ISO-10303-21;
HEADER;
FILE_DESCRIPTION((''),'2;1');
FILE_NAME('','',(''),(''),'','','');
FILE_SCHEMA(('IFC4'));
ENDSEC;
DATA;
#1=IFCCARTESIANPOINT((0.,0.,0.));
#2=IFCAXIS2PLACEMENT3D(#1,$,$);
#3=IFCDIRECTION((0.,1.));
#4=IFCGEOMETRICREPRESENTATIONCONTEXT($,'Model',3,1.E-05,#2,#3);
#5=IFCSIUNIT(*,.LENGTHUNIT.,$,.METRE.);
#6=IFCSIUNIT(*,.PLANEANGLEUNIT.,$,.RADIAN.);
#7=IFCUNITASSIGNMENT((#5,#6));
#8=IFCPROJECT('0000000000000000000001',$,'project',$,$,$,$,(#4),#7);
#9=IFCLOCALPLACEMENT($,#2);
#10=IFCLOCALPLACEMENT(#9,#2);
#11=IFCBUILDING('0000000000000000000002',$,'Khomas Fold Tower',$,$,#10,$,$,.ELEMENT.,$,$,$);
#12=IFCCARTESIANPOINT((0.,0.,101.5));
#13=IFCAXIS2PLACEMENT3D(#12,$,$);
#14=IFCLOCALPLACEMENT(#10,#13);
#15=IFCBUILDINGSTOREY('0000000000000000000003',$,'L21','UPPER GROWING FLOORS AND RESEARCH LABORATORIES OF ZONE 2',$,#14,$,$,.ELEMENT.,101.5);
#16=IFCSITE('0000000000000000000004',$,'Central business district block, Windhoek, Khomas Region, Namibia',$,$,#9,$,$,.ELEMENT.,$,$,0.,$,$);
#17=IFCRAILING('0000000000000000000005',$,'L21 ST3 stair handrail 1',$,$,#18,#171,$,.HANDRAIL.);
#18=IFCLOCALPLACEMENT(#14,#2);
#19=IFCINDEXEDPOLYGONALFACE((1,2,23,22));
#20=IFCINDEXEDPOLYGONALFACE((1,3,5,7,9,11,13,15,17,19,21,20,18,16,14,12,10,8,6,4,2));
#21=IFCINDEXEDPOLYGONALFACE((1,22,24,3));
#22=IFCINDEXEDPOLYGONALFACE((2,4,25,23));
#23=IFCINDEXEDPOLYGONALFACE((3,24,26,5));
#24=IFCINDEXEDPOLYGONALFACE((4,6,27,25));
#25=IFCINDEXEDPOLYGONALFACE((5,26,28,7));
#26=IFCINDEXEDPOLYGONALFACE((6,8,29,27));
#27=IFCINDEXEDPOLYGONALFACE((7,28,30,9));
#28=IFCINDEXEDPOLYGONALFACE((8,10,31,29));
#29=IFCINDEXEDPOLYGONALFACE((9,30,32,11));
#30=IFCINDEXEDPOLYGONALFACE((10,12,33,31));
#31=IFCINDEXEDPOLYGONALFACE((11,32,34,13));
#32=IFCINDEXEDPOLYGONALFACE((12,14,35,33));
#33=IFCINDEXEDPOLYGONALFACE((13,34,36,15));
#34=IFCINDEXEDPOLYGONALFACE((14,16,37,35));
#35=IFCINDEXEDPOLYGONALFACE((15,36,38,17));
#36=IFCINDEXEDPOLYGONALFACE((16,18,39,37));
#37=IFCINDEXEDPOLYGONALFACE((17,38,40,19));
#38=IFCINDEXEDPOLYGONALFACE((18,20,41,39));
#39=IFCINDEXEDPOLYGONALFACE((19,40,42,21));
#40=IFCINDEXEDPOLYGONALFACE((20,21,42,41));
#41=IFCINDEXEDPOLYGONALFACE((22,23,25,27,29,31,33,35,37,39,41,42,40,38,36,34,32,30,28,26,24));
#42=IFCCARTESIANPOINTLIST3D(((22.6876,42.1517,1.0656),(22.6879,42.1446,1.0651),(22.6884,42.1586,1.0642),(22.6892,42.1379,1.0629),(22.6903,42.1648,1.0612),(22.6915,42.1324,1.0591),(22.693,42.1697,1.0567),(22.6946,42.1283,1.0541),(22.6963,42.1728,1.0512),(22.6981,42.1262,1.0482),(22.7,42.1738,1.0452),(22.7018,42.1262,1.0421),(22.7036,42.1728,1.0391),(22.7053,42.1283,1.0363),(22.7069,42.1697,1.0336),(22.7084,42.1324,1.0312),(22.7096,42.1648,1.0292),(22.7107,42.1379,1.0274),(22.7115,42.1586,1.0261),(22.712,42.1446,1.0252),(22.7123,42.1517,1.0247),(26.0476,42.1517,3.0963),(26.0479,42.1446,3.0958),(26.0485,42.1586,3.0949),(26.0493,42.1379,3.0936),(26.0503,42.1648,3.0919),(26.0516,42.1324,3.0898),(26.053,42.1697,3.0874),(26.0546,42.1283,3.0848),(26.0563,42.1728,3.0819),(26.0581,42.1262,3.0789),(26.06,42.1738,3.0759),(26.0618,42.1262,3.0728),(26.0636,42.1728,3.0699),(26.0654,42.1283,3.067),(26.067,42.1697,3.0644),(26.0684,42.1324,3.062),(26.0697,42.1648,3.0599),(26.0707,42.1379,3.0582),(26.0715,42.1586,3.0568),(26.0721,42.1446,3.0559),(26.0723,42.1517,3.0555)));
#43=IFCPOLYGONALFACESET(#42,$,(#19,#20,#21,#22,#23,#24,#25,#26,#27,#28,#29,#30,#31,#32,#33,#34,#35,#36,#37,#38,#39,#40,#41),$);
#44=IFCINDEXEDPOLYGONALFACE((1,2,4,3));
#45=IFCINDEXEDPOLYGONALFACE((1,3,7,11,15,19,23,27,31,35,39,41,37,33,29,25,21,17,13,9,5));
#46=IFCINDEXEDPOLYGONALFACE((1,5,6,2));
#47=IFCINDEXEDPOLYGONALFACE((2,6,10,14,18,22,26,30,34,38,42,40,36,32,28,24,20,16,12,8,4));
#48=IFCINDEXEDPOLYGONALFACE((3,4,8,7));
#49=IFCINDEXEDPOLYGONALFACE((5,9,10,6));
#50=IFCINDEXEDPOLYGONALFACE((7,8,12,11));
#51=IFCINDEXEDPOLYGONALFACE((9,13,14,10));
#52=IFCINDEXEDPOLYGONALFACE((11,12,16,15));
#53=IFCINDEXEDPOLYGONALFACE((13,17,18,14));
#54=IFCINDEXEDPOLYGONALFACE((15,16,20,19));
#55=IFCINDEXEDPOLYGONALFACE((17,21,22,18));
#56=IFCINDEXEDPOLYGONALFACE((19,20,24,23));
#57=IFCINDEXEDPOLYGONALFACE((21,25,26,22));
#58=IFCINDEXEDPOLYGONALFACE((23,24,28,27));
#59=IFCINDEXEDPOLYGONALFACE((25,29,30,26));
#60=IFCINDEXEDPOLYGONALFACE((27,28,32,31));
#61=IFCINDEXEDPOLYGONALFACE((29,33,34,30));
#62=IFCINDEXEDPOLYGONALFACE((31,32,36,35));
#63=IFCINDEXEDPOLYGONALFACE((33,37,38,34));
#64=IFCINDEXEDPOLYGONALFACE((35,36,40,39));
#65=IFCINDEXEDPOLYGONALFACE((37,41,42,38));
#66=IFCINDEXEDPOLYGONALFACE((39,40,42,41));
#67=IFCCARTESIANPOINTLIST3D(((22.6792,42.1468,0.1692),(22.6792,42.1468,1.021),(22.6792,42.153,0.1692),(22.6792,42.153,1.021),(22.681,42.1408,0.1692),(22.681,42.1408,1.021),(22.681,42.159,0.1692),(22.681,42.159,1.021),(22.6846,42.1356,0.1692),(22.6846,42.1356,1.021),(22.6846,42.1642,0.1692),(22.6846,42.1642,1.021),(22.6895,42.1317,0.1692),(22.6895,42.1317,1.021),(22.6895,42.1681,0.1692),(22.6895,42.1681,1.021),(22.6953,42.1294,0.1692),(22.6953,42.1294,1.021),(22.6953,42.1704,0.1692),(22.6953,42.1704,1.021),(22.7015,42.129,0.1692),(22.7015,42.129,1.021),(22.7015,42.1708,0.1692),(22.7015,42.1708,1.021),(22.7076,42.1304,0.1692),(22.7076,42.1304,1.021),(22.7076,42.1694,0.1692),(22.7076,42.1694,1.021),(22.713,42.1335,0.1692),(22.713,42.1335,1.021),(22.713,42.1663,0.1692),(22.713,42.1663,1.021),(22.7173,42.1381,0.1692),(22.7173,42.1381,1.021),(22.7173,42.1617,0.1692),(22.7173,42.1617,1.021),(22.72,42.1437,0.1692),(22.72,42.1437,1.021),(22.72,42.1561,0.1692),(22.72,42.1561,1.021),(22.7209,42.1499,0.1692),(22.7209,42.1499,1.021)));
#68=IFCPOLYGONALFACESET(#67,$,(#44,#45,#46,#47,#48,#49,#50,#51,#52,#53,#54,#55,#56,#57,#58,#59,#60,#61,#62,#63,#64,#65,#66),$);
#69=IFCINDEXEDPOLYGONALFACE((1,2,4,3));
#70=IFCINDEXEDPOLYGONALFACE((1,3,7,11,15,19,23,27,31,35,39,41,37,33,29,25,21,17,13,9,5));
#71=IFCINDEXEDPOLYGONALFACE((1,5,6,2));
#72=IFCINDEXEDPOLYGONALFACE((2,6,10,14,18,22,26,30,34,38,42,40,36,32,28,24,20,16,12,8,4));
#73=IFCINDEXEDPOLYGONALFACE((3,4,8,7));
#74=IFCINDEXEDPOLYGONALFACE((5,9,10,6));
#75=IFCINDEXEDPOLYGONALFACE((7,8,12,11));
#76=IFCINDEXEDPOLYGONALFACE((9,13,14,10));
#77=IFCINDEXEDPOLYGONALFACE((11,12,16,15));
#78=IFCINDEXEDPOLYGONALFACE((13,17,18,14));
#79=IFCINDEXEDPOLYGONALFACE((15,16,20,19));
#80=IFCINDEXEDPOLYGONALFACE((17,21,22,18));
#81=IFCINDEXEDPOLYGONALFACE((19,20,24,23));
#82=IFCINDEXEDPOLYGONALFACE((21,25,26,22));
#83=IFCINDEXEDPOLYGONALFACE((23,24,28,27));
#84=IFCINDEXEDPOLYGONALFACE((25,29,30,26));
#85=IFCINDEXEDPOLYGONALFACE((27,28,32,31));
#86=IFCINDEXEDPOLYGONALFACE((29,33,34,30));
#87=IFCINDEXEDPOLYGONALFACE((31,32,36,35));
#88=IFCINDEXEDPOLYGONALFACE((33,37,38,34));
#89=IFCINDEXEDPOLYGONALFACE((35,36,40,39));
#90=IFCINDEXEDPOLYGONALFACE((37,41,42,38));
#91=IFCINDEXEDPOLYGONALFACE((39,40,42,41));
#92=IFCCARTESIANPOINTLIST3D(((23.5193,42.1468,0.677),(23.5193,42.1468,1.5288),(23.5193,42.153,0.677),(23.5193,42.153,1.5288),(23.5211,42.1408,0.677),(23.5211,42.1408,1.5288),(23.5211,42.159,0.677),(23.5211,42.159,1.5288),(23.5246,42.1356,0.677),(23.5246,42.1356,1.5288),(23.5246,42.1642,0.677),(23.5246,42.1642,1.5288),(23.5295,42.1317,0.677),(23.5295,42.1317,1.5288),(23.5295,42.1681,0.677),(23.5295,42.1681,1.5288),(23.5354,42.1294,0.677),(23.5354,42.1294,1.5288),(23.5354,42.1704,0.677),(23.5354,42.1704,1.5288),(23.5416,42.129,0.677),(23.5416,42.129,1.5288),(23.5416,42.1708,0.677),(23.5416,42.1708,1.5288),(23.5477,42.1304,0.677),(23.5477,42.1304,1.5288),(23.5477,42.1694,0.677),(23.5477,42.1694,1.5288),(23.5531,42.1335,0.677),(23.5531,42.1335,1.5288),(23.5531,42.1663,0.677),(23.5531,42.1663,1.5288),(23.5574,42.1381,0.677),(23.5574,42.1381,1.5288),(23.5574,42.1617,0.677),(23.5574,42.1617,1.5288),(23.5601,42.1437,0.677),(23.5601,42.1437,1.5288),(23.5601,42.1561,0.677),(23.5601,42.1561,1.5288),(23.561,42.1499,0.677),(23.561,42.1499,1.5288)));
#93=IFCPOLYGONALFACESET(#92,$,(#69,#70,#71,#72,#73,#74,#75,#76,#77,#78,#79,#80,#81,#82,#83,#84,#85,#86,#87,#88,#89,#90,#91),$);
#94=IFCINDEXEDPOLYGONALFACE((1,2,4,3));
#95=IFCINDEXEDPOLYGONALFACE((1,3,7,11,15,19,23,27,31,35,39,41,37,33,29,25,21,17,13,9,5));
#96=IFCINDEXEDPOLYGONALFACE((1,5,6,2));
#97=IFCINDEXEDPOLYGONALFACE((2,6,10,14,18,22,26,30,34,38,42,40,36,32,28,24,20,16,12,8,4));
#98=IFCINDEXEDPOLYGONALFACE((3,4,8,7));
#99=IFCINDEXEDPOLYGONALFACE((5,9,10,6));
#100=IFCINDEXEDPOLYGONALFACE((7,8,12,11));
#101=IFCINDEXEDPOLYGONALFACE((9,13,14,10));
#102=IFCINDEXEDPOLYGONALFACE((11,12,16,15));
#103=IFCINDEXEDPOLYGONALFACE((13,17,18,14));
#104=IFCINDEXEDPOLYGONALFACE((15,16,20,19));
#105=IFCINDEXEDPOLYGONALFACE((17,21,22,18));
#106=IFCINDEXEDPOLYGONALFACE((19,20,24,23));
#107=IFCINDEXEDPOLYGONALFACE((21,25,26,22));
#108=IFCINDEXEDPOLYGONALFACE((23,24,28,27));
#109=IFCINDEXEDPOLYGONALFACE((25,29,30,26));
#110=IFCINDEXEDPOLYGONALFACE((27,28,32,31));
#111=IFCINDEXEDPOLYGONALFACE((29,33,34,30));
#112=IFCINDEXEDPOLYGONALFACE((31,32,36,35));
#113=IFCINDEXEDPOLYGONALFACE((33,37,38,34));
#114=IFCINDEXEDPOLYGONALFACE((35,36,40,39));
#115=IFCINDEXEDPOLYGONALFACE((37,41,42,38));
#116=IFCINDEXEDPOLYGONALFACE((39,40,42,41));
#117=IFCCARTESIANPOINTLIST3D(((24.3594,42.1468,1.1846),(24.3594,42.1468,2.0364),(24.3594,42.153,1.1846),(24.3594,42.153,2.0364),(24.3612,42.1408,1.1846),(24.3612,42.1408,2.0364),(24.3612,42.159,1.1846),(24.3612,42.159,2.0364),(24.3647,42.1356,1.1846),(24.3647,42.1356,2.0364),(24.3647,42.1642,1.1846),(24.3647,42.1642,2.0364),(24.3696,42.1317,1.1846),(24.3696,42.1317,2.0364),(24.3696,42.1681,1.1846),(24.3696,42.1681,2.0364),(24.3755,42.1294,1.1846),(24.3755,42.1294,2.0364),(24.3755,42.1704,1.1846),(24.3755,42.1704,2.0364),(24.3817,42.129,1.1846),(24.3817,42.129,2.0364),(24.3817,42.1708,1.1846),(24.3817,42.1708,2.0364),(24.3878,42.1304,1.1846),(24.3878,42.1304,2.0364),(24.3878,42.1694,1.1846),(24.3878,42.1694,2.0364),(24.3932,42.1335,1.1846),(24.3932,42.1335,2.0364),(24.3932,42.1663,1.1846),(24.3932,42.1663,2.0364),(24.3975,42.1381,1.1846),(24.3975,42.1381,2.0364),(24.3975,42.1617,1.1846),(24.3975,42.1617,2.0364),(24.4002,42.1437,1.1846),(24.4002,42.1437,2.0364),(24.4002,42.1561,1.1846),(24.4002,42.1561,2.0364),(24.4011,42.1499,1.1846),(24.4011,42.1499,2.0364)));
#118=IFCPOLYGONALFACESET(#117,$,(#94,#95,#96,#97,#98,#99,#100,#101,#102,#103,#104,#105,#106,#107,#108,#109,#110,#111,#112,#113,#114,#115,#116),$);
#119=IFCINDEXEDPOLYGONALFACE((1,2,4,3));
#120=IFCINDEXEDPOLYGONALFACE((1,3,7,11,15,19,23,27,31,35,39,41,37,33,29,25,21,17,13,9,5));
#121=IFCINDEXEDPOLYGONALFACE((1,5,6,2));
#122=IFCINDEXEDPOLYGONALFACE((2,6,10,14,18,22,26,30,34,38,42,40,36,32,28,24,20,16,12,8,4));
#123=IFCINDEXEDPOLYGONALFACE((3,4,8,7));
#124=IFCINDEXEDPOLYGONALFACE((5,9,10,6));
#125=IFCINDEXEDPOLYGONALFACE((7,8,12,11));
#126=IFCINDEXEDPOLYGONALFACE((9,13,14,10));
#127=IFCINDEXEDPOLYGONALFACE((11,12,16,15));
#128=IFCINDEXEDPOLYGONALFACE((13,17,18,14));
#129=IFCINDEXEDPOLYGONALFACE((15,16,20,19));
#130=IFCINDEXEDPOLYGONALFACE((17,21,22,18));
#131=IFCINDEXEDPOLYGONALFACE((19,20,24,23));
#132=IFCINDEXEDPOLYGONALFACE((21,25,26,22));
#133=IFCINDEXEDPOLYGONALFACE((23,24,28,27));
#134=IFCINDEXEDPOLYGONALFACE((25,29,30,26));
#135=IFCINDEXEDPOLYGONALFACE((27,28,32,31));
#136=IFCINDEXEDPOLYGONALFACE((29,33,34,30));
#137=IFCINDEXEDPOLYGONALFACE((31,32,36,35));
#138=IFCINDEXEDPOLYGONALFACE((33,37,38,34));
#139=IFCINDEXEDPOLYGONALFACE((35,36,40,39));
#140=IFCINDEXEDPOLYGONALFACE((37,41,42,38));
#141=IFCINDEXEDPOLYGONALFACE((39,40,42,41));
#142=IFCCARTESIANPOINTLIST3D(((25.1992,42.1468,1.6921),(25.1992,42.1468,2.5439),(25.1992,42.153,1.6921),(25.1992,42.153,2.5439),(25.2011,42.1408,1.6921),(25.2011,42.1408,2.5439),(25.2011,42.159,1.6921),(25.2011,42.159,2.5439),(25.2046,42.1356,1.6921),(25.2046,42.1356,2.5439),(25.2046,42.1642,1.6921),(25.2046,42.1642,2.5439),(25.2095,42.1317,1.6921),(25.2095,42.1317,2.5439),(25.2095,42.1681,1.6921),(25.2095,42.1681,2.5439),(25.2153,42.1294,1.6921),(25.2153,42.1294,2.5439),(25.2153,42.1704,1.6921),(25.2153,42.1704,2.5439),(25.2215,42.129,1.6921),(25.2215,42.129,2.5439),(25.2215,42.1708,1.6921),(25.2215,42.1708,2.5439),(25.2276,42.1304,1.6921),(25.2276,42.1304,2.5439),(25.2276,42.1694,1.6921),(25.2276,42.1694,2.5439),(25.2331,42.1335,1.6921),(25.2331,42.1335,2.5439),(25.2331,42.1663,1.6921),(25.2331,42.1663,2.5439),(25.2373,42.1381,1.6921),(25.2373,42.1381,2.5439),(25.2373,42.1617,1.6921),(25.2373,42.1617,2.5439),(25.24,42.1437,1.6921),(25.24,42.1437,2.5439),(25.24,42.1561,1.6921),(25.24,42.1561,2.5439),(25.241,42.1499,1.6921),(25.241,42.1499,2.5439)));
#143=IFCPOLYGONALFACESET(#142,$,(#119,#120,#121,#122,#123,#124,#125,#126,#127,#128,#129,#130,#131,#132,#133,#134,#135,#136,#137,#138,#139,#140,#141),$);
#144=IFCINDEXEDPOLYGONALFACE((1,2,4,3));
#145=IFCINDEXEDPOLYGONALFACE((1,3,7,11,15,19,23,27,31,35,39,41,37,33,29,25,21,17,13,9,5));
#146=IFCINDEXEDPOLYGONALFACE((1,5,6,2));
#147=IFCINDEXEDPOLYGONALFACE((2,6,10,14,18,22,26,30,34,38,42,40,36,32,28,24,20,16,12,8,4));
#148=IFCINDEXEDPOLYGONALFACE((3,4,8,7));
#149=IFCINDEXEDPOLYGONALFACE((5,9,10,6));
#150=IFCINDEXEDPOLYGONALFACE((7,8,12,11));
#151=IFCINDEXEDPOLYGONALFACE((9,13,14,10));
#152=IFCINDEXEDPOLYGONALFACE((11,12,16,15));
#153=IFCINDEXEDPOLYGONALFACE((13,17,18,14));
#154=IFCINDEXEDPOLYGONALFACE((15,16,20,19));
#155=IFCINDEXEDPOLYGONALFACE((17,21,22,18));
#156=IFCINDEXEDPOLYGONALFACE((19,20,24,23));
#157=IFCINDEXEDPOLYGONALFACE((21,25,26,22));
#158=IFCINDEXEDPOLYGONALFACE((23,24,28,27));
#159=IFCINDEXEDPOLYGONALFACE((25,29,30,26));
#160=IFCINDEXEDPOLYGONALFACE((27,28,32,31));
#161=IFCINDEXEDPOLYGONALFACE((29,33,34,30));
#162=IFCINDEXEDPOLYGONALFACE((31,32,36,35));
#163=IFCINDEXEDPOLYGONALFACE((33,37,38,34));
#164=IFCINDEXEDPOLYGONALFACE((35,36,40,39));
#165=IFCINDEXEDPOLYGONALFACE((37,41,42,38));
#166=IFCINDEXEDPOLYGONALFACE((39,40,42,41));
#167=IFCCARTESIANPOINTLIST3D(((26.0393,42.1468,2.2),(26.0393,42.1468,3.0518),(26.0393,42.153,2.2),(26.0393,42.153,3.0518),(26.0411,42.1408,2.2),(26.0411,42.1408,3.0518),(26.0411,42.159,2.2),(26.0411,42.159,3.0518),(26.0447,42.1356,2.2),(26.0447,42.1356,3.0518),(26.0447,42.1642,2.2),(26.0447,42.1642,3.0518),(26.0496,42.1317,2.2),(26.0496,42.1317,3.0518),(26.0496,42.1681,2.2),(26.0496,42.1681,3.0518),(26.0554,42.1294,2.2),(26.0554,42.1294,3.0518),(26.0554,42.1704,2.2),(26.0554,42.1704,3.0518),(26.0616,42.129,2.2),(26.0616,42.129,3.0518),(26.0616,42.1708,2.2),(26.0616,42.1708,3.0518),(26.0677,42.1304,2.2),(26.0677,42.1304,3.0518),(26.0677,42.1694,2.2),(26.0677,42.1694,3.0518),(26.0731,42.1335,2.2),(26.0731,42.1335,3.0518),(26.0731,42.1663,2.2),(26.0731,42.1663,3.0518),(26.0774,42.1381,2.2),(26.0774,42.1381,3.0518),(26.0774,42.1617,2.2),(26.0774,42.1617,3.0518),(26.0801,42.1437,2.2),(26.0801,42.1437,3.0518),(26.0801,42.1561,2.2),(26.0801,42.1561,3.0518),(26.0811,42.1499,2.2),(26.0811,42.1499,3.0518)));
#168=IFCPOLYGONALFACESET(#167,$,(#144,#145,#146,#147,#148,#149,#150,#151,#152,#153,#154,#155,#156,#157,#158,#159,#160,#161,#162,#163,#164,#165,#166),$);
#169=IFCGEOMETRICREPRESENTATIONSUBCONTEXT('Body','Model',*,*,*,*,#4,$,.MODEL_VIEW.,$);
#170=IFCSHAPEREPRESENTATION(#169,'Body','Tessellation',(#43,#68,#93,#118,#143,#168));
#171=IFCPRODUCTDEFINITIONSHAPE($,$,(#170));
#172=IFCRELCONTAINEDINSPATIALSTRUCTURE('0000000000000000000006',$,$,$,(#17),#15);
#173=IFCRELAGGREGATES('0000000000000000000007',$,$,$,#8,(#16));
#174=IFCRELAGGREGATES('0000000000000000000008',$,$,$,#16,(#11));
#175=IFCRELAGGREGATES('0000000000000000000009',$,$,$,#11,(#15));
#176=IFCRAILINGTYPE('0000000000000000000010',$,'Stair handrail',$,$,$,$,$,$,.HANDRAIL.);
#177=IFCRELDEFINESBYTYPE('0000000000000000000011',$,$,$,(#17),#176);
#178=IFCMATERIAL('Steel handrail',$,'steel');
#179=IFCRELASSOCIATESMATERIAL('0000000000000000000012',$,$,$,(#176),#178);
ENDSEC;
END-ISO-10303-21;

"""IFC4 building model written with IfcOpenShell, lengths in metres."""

from ifc_helpers import new_model, si_unit, direction, frame, origin, origin_2d, place, context, subcontext, project, spatial, circle, extrude, source, transform, mapped, material, type_object, element, save


model = new_model("IFC4")

# Units and contexts
model_context = context("Model", 3, precision=1e-05, world=origin(), true_north=direction((0.0, 1.0)))
body_context = subcontext(model_context, "Body", "Model", "MODEL_VIEW")
ifc_project = project(units=[si_unit("LENGTHUNIT", "METRE"), si_unit("PLANEANGLEUNIT", "RADIAN")], contexts=[model_context])

# Site, building, storey
site_placement = place(None, origin())
site = spatial("IfcSite", under=ifc_project, at=site_placement, Name="Central business district block, Windhoek, Khomas Region, Namibia", CompositionType="ELEMENT", RefElevation=0.0)
building_placement = place(site_placement, origin())
building = spatial("IfcBuilding", under=site, at=building_placement, Name="Khomas Fold Tower", CompositionType="ELEMENT")
storey_placement = place(building_placement, frame((0.0, 0.0, 101.5)))
storey = spatial("IfcBuildingStorey", under=building, at=storey_placement, Name="L21", Description="UPPER GROWING FLOORS AND RESEARCH LABORATORIES OF ZONE 2", CompositionType="ELEMENT", Elevation=101.5)

# Railing
ifc_material_1 = material(Name="Steel handrail", Category="steel")
railing_type_1 = type_object("IfcRailingType", Name="Stair handrail", PredefinedType="HANDRAIL", material=ifc_material_1)
shared_shape_1 = source(origin(), body_context, "Body", "SweptSolid", [
    extrude(circle(Radius=0.0239, at=origin_2d()), frame((0.0, 0.0, 0.876), z_axis=(0.855837, 0.0, 0.517246), x_axis=(0.0, 1.0, 0.0)), (0.0, 0.0, 1.0), 3.926),
    extrude(circle(Radius=0.021, at=origin_2d()), origin(), (0.0, 0.0, 1.0), 0.8518),
    extrude(circle(Radius=0.021, at=origin_2d()), frame((0.8401, 0.0, 0.5078)), (0.0, 0.0, 1.0), 0.8518),
    extrude(circle(Radius=0.021, at=origin_2d()), frame((1.6802, 0.0, 1.0154)), (0.0, 0.0, 1.0), 0.8518),
    extrude(circle(Radius=0.021, at=origin_2d()), frame((2.52, 0.0, 1.5229)), (0.0, 0.0, 1.0), 0.8518),
    extrude(circle(Radius=0.021, at=origin_2d()), frame((3.3601, 0.0, 2.0308)), (0.0, 0.0, 1.0), 0.8518),
])
railing_1_placement = place(storey_placement, frame((22.7, 42.1499, 0.1692)))
element("IfcRailing", 1, at=railing_1_placement, inside=storey, type_object=railing_type_1, Name="L21 ST3 stair handrail 1", PredefinedType="HANDRAIL", context=body_context, shape_type="MappedRepresentation", body=[
    mapped(shared_shape_1, transform((0.0, 0.0, 0.0))),
])

save(model, "model.ifc")
